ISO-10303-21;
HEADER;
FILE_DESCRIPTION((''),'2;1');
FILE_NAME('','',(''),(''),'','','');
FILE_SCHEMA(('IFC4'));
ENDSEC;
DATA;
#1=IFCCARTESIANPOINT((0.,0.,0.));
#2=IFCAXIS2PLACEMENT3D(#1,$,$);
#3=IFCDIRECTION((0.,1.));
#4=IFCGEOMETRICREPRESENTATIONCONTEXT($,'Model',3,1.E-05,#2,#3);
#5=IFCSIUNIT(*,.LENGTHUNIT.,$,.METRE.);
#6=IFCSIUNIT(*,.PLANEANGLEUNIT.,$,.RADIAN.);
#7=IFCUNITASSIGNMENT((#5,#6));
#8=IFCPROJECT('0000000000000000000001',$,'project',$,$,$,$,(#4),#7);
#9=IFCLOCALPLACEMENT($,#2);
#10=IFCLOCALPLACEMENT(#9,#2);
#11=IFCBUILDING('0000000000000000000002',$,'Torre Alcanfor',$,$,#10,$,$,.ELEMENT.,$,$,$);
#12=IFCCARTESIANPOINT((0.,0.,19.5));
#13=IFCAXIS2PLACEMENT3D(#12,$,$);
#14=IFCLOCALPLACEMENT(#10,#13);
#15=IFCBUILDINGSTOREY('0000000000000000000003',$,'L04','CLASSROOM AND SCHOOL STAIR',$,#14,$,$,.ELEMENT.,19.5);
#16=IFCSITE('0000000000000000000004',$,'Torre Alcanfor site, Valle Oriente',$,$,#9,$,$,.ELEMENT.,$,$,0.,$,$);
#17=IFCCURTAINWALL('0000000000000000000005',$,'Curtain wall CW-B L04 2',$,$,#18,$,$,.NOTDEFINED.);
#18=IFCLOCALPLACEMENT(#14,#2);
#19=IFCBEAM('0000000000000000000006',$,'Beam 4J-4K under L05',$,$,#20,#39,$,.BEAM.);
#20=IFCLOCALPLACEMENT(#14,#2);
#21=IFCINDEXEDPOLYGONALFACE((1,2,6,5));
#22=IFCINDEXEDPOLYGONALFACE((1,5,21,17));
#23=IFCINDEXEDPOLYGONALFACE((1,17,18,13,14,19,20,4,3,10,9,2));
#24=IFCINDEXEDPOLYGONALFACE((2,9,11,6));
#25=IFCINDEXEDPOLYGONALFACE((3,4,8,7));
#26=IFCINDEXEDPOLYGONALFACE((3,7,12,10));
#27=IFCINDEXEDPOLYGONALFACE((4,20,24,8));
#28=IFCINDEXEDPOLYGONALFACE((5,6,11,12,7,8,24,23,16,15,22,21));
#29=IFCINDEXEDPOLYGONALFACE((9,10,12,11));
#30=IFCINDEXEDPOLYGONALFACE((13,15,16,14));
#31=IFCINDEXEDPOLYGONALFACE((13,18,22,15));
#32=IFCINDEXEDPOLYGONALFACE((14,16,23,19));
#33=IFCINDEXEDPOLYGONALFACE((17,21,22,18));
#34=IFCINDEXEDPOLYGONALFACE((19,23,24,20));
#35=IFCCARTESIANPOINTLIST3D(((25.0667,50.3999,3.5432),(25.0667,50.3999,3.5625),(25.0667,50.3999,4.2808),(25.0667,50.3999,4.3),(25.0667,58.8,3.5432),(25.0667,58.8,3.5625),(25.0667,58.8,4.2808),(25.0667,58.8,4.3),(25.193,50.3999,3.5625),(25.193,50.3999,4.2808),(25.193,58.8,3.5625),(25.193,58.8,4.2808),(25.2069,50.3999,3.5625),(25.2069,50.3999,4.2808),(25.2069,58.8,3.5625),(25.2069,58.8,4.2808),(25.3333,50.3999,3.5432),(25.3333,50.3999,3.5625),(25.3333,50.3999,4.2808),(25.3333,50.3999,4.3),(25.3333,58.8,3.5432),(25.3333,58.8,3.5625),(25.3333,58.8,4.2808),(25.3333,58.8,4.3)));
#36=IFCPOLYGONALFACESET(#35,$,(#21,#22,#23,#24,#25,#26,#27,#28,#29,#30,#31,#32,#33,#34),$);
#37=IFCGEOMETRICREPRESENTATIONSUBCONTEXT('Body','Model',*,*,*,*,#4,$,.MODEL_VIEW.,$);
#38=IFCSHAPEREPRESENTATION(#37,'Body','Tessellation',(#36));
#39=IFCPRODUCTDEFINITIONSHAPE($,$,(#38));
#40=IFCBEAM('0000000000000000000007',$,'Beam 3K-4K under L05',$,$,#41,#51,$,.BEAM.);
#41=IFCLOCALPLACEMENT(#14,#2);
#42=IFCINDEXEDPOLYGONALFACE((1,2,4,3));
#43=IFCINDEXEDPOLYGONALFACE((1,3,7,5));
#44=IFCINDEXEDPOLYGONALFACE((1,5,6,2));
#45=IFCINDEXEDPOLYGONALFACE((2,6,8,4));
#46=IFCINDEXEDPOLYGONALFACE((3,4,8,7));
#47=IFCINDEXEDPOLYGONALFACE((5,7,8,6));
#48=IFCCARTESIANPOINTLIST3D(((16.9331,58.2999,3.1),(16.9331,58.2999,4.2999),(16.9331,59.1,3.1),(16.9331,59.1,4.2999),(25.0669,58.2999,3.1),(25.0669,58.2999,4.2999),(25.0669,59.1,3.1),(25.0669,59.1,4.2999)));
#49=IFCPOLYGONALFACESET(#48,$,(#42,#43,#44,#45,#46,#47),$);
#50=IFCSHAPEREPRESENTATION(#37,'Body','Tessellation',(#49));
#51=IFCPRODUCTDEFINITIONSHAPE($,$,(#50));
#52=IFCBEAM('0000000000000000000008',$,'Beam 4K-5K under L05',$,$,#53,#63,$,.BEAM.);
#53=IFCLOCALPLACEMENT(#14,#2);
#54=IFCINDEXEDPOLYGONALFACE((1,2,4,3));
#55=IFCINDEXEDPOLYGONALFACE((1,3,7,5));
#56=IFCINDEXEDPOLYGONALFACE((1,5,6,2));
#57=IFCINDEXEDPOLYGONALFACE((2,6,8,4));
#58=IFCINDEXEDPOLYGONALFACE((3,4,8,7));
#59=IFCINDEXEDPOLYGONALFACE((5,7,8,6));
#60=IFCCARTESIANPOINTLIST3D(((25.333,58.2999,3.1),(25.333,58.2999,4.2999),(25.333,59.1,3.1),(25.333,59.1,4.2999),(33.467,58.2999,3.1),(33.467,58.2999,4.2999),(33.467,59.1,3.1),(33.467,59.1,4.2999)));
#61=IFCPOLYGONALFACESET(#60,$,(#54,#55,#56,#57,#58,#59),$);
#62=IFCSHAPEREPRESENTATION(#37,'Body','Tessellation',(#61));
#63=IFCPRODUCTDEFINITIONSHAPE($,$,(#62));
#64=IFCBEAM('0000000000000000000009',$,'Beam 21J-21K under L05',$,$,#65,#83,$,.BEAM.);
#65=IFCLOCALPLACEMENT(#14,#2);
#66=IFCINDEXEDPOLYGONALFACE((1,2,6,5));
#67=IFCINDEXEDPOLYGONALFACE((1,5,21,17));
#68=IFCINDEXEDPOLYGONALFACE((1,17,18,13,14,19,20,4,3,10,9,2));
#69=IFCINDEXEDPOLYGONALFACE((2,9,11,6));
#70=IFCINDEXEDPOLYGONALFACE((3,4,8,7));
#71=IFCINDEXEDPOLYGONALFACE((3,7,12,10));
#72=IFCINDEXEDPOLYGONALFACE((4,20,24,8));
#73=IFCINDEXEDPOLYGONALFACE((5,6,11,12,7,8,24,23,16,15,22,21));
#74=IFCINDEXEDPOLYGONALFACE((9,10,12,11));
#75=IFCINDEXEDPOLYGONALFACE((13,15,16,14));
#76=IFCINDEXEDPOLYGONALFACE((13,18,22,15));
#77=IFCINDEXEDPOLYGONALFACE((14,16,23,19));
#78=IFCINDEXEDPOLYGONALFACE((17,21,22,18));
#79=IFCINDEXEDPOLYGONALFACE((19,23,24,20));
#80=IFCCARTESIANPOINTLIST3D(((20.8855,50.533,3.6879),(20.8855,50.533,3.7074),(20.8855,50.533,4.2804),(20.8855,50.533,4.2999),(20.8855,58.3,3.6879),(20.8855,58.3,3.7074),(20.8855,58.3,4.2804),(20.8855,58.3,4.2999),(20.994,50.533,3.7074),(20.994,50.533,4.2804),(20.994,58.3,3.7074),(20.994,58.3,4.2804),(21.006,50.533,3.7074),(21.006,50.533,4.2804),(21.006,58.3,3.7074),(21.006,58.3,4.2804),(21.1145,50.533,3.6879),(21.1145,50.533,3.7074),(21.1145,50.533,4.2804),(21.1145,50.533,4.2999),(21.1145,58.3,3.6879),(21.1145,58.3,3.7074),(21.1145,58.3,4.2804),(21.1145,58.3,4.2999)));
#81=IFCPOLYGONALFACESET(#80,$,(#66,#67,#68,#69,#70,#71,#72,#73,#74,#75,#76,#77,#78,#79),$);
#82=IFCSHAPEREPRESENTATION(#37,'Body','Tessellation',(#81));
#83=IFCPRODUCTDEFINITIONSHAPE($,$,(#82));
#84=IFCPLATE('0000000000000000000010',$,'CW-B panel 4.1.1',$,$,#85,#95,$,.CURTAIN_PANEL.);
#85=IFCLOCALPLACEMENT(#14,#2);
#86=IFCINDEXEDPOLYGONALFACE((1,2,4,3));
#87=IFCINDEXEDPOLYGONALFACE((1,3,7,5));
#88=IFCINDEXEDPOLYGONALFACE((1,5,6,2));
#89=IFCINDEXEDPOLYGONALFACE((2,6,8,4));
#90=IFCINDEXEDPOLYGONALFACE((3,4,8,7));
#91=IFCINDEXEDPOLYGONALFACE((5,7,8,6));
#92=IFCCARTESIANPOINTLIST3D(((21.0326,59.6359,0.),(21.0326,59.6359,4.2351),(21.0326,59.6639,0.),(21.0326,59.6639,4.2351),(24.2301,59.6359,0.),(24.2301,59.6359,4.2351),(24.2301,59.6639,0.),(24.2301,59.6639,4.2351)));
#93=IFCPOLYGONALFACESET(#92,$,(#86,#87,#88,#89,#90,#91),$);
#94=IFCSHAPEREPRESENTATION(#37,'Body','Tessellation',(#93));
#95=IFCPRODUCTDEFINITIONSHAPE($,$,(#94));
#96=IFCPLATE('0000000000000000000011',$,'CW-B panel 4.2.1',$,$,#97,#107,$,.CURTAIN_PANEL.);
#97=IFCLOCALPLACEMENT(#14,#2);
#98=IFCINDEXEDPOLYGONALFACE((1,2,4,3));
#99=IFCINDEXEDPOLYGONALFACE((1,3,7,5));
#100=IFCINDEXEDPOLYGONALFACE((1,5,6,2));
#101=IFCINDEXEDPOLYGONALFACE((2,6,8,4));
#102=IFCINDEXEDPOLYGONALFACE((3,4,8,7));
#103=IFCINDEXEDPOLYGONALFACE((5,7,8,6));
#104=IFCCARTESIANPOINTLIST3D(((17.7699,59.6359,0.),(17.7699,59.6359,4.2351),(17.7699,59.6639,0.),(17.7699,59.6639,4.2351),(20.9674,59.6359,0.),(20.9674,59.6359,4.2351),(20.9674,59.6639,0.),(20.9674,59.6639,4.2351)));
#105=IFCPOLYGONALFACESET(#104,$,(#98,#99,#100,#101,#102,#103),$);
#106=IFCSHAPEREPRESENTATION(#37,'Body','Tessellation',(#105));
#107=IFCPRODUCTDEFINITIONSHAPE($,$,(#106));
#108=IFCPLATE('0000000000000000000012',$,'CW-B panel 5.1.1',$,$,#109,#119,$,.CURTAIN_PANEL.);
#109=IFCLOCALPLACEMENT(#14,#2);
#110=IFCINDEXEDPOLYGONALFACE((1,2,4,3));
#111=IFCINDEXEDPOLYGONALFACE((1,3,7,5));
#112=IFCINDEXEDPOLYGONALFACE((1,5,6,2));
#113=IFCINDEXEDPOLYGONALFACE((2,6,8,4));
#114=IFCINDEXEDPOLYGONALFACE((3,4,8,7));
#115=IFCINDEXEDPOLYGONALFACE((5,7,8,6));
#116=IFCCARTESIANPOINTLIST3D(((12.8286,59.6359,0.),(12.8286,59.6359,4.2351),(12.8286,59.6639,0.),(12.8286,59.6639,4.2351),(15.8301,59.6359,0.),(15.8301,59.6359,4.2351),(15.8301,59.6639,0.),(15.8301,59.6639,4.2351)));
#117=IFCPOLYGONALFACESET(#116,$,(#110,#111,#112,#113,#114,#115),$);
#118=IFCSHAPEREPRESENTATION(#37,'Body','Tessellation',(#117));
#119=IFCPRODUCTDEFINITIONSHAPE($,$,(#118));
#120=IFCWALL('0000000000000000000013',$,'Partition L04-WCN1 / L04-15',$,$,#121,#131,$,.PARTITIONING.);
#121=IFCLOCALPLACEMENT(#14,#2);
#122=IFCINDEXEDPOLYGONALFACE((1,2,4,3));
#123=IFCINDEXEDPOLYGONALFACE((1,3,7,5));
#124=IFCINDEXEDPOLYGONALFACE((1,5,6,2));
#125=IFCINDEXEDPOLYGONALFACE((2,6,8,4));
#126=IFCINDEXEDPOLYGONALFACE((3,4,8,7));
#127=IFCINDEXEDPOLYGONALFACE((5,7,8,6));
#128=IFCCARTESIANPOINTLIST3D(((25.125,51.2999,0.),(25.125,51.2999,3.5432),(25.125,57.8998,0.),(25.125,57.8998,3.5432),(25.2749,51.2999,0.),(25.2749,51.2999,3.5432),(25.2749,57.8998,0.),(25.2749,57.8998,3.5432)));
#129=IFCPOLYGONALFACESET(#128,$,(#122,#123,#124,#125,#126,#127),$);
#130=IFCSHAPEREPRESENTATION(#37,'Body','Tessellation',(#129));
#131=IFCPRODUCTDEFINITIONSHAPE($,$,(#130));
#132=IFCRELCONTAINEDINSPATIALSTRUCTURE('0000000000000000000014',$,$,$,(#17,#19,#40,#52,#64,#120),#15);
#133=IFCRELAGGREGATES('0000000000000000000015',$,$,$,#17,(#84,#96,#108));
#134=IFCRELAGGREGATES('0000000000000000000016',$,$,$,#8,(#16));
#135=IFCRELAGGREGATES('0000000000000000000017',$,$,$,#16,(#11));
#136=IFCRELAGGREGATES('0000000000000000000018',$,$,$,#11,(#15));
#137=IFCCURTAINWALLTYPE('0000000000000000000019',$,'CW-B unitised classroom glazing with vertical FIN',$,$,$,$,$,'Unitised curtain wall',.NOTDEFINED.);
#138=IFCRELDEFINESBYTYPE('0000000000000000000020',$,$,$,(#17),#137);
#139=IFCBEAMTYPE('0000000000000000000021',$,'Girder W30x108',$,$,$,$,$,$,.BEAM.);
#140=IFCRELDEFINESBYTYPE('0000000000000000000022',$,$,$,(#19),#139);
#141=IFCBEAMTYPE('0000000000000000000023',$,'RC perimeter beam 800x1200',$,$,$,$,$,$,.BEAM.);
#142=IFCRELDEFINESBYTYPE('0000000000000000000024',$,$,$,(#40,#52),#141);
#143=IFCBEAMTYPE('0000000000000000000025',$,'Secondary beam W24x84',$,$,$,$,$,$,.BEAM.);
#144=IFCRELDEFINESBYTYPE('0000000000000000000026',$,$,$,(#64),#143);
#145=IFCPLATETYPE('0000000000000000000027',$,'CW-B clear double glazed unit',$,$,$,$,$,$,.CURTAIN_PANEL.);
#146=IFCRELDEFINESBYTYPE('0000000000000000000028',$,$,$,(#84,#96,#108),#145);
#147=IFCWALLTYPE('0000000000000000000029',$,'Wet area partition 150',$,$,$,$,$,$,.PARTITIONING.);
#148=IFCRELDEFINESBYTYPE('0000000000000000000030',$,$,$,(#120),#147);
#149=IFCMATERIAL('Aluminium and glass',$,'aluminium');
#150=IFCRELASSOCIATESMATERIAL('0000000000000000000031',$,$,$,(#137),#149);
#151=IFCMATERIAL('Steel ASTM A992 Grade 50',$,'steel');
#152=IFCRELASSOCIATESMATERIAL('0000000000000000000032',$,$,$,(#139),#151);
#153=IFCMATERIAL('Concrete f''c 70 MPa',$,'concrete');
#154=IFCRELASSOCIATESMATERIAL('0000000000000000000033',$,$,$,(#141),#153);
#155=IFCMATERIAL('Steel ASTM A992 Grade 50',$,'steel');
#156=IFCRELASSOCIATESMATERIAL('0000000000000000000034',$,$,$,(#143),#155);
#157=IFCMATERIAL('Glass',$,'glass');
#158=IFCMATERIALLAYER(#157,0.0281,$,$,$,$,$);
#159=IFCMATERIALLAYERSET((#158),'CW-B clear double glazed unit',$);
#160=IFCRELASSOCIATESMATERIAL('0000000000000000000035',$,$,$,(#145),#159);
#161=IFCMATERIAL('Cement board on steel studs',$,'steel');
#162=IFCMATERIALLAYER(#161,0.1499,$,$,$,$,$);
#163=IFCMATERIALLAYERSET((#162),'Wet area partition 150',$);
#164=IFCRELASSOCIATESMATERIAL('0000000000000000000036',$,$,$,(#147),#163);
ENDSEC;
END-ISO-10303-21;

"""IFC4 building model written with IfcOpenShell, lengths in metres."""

from ifc_helpers import new_model, si_unit, direction, frame, frame_2d, origin, origin_2d, place, context, subcontext, project, spatial, rectangle, i_section, extrude, material, layer, layer_set, material_profile, profile_set, type_object, element, aggregate, save


model = new_model("IFC4")

# Units and contexts
model_context = context("Model", 3, precision=1e-05, world=origin(), true_north=direction((0.0, 1.0)))
body_context = subcontext(model_context, "Body", "Model", "MODEL_VIEW")
ifc_project = project(units=[si_unit("LENGTHUNIT", "METRE"), si_unit("PLANEANGLEUNIT", "RADIAN")], contexts=[model_context])

# Site, building, storey
site_placement = place(None, origin())
site = spatial("IfcSite", under=ifc_project, at=site_placement, Name="Torre Alcanfor site, Valle Oriente", CompositionType="ELEMENT", RefElevation=0.0)
building_placement = place(site_placement, origin())
building = spatial("IfcBuilding", under=site, at=building_placement, Name="Torre Alcanfor", CompositionType="ELEMENT")
storey_placement = place(building_placement, frame((0.0, 0.0, 19.5)))
storey = spatial("IfcBuildingStorey", under=building, at=storey_placement, Name="L04", Description="CLASSROOM AND SCHOOL STAIR", CompositionType="ELEMENT", Elevation=19.5)

# Curtain wall
ifc_material_1 = material(Name="Aluminium and glass", Category="aluminium")
curtain_wall_type = type_object("IfcCurtainWallType", Name="CW-B unitised classroom glazing with vertical FIN", ElementType="Unitised curtain wall", PredefinedType="NOTDEFINED", material=ifc_material_1)
curtain_wall_placement = place(storey_placement, origin())
curtain_wall = element("IfcCurtainWall", 1, at=curtain_wall_placement, inside=storey, type_object=curtain_wall_type, Name="Curtain wall CW-B L04 2", PredefinedType="NOTDEFINED")

# Beams
ifc_material_2 = material(Name="Steel ASTM A992 Grade 50", Category="steel")
ifc_material_profile_1 = material_profile(ifc_material_2, i_section(OverallWidth=0.2666, OverallDepth=0.7568, WebThickness=0.0139, FlangeThickness=0.0193, at=origin_2d()), Name="W30x108")
ifc_profile_set_1 = profile_set([ifc_material_profile_1], Name="Steel ASTM A992 Grade 50")
beam_type_1 = type_object("IfcBeamType", Name="Girder W30x108", PredefinedType="BEAM", material=ifc_profile_set_1)
for number, where, z_axis, x_axis, name in (
    (2, (25.2, 50.3999, 3.9216), (0.0, 1.0, 0.0), (-1.0, 0.0, 0.0), "Beam 4J-4K under L05"),
):
    element("IfcBeam", number, at=place(storey_placement, frame(where, z_axis=z_axis, x_axis=x_axis)), inside=storey, type_object=beam_type_1, Name=name, PredefinedType="BEAM", context=body_context, shape_type="SweptSolid", body=[
        extrude(i_section(OverallWidth=0.2666, OverallDepth=0.7568, WebThickness=0.0139, FlangeThickness=0.0193, at=origin_2d()), origin(), (0.0, 0.0, 1.0), 8.4001),
    ])
ifc_material_3 = material(Name="Concrete f'c 70 MPa", Category="concrete")
ifc_material_profile_2 = material_profile(ifc_material_3, rectangle(XDim=0.8, YDim=1.2, at=origin_2d()), Name="800x1200")
ifc_profile_set_2 = profile_set([ifc_material_profile_2], Name="Concrete f'c 70 MPa")
beam_type_2 = type_object("IfcBeamType", Name="RC perimeter beam 800x1200", PredefinedType="BEAM", material=ifc_profile_set_2)
beam_1_placement = place(storey_placement, frame((16.9331, 58.7, 3.7), z_axis=(1.0, 0.0, 0.0), x_axis=(0.0, 1.0, 0.0)))
element("IfcBeam", 3, at=beam_1_placement, inside=storey, type_object=beam_type_2, Name="Beam 3K-4K under L05", PredefinedType="BEAM", context=body_context, shape_type="SweptSolid", body=[
    extrude(rectangle(XDim=0.8, YDim=1.2, at=origin_2d()), origin(), (0.0, 0.0, 1.0), 8.1338),
])
beam_2_placement = place(storey_placement, frame((25.333, 58.7, 3.7), z_axis=(1.0, 0.0, 0.0), x_axis=(0.0, 1.0, 0.0)))
element("IfcBeam", 4, at=beam_2_placement, inside=storey, type_object=beam_type_2, Name="Beam 4K-5K under L05", PredefinedType="BEAM", context=body_context, shape_type="SweptSolid", body=[
    extrude(rectangle(XDim=0.8, YDim=1.2, at=origin_2d()), origin(), (0.0, 0.0, 1.0), 8.134),
])
ifc_material_4 = material(Name="Steel ASTM A992 Grade 50", Category="steel")
ifc_material_profile_3 = material_profile(ifc_material_4, i_section(OverallWidth=0.229, OverallDepth=0.6121, WebThickness=0.012, FlangeThickness=0.0195, at=origin_2d()), Name="W24x84")
ifc_profile_set_3 = profile_set([ifc_material_profile_3], Name="Steel ASTM A992 Grade 50")
beam_type_3 = type_object("IfcBeamType", Name="Secondary beam W24x84", PredefinedType="BEAM", material=ifc_profile_set_3)
beam_3_placement = place(storey_placement, frame((21.0, 50.533, 3.9939), z_axis=(0.0, 1.0, 0.0), x_axis=(-1.0, 0.0, 0.0)))
element("IfcBeam", 5, at=beam_3_placement, inside=storey, type_object=beam_type_3, Name="Beam 21J-21K under L05", PredefinedType="BEAM", context=body_context, shape_type="SweptSolid", body=[
    extrude(i_section(OverallWidth=0.229, OverallDepth=0.6121, WebThickness=0.012, FlangeThickness=0.0195, at=origin_2d()), origin(), (0.0, 0.0, 1.0), 7.7671),
])

# Plates
ifc_material_5 = material(Name="Glass", Category="glass")
ifc_layer_1 = layer(ifc_material_5, 0.0281)
ifc_layer_set_1 = layer_set([ifc_layer_1], Name="CW-B clear double glazed unit")
plate_type = type_object("IfcPlateType", Name="CW-B clear double glazed unit", PredefinedType="CURTAIN_PANEL", material=ifc_layer_set_1)
plate_1_placement = place(storey_placement, frame((22.6313, 59.6499, 0.0), z_axis=(0.0, 0.0, 1.0), x_axis=(-1.0, 0.0, 0.0)))
plate_1 = element("IfcPlate", 6, at=plate_1_placement, type_object=plate_type, Name="CW-B panel 4.1.1", PredefinedType="CURTAIN_PANEL", context=body_context, shape_type="SweptSolid", body=[
    extrude(rectangle(XDim=3.1975, YDim=0.0281, at=origin_2d()), origin(), (0.0, 0.0, 1.0), 4.2351),
])
plate_2_placement = place(storey_placement, frame((19.3687, 59.6499, 0.0), z_axis=(0.0, 0.0, 1.0), x_axis=(-1.0, 0.0, 0.0)))
plate_2 = element("IfcPlate", 7, at=plate_2_placement, type_object=plate_type, Name="CW-B panel 4.2.1", PredefinedType="CURTAIN_PANEL", context=body_context, shape_type="SweptSolid", body=[
    extrude(rectangle(XDim=3.1975, YDim=0.0281, at=origin_2d()), origin(), (0.0, 0.0, 1.0), 4.2351),
])
plate_3_placement = place(storey_placement, frame((14.3293, 59.6499, 0.0), z_axis=(0.0, 0.0, 1.0), x_axis=(-1.0, 0.0, 0.0)))
plate_3 = element("IfcPlate", 8, at=plate_3_placement, type_object=plate_type, Name="CW-B panel 5.1.1", PredefinedType="CURTAIN_PANEL", context=body_context, shape_type="SweptSolid", body=[
    extrude(rectangle(XDim=3.0015, YDim=0.0281, at=origin_2d()), origin(), (0.0, 0.0, 1.0), 4.2351),
])
aggregate(curtain_wall, [plate_1, plate_2, plate_3])

# Wall
ifc_material_6 = material(Name="Cement board on steel studs", Category="steel")
ifc_layer_2 = layer(ifc_material_6, 0.1499)
ifc_layer_set_2 = layer_set([ifc_layer_2], Name="Wet area partition 150")
wall_type = type_object("IfcWallType", Name="Wet area partition 150", PredefinedType="PARTITIONING", material=ifc_layer_set_2)
wall_placement = place(storey_placement, frame((25.2, 51.3, 0.0), z_axis=(0.0, 0.0, 1.0), x_axis=(0.0, 1.0, 0.0)))
element("IfcWall", 9, at=wall_placement, inside=storey, type_object=wall_type, Name="Partition L04-WCN1 / L04-15", PredefinedType="PARTITIONING", context=body_context, shape_type="SweptSolid", body=[
    extrude(rectangle(XDim=6.5999, YDim=0.1499, at=frame_2d((3.2998, 0.0))), origin(), (0.0, 0.0, 1.0), 3.5432),
])

save(model, "model.ifc")
